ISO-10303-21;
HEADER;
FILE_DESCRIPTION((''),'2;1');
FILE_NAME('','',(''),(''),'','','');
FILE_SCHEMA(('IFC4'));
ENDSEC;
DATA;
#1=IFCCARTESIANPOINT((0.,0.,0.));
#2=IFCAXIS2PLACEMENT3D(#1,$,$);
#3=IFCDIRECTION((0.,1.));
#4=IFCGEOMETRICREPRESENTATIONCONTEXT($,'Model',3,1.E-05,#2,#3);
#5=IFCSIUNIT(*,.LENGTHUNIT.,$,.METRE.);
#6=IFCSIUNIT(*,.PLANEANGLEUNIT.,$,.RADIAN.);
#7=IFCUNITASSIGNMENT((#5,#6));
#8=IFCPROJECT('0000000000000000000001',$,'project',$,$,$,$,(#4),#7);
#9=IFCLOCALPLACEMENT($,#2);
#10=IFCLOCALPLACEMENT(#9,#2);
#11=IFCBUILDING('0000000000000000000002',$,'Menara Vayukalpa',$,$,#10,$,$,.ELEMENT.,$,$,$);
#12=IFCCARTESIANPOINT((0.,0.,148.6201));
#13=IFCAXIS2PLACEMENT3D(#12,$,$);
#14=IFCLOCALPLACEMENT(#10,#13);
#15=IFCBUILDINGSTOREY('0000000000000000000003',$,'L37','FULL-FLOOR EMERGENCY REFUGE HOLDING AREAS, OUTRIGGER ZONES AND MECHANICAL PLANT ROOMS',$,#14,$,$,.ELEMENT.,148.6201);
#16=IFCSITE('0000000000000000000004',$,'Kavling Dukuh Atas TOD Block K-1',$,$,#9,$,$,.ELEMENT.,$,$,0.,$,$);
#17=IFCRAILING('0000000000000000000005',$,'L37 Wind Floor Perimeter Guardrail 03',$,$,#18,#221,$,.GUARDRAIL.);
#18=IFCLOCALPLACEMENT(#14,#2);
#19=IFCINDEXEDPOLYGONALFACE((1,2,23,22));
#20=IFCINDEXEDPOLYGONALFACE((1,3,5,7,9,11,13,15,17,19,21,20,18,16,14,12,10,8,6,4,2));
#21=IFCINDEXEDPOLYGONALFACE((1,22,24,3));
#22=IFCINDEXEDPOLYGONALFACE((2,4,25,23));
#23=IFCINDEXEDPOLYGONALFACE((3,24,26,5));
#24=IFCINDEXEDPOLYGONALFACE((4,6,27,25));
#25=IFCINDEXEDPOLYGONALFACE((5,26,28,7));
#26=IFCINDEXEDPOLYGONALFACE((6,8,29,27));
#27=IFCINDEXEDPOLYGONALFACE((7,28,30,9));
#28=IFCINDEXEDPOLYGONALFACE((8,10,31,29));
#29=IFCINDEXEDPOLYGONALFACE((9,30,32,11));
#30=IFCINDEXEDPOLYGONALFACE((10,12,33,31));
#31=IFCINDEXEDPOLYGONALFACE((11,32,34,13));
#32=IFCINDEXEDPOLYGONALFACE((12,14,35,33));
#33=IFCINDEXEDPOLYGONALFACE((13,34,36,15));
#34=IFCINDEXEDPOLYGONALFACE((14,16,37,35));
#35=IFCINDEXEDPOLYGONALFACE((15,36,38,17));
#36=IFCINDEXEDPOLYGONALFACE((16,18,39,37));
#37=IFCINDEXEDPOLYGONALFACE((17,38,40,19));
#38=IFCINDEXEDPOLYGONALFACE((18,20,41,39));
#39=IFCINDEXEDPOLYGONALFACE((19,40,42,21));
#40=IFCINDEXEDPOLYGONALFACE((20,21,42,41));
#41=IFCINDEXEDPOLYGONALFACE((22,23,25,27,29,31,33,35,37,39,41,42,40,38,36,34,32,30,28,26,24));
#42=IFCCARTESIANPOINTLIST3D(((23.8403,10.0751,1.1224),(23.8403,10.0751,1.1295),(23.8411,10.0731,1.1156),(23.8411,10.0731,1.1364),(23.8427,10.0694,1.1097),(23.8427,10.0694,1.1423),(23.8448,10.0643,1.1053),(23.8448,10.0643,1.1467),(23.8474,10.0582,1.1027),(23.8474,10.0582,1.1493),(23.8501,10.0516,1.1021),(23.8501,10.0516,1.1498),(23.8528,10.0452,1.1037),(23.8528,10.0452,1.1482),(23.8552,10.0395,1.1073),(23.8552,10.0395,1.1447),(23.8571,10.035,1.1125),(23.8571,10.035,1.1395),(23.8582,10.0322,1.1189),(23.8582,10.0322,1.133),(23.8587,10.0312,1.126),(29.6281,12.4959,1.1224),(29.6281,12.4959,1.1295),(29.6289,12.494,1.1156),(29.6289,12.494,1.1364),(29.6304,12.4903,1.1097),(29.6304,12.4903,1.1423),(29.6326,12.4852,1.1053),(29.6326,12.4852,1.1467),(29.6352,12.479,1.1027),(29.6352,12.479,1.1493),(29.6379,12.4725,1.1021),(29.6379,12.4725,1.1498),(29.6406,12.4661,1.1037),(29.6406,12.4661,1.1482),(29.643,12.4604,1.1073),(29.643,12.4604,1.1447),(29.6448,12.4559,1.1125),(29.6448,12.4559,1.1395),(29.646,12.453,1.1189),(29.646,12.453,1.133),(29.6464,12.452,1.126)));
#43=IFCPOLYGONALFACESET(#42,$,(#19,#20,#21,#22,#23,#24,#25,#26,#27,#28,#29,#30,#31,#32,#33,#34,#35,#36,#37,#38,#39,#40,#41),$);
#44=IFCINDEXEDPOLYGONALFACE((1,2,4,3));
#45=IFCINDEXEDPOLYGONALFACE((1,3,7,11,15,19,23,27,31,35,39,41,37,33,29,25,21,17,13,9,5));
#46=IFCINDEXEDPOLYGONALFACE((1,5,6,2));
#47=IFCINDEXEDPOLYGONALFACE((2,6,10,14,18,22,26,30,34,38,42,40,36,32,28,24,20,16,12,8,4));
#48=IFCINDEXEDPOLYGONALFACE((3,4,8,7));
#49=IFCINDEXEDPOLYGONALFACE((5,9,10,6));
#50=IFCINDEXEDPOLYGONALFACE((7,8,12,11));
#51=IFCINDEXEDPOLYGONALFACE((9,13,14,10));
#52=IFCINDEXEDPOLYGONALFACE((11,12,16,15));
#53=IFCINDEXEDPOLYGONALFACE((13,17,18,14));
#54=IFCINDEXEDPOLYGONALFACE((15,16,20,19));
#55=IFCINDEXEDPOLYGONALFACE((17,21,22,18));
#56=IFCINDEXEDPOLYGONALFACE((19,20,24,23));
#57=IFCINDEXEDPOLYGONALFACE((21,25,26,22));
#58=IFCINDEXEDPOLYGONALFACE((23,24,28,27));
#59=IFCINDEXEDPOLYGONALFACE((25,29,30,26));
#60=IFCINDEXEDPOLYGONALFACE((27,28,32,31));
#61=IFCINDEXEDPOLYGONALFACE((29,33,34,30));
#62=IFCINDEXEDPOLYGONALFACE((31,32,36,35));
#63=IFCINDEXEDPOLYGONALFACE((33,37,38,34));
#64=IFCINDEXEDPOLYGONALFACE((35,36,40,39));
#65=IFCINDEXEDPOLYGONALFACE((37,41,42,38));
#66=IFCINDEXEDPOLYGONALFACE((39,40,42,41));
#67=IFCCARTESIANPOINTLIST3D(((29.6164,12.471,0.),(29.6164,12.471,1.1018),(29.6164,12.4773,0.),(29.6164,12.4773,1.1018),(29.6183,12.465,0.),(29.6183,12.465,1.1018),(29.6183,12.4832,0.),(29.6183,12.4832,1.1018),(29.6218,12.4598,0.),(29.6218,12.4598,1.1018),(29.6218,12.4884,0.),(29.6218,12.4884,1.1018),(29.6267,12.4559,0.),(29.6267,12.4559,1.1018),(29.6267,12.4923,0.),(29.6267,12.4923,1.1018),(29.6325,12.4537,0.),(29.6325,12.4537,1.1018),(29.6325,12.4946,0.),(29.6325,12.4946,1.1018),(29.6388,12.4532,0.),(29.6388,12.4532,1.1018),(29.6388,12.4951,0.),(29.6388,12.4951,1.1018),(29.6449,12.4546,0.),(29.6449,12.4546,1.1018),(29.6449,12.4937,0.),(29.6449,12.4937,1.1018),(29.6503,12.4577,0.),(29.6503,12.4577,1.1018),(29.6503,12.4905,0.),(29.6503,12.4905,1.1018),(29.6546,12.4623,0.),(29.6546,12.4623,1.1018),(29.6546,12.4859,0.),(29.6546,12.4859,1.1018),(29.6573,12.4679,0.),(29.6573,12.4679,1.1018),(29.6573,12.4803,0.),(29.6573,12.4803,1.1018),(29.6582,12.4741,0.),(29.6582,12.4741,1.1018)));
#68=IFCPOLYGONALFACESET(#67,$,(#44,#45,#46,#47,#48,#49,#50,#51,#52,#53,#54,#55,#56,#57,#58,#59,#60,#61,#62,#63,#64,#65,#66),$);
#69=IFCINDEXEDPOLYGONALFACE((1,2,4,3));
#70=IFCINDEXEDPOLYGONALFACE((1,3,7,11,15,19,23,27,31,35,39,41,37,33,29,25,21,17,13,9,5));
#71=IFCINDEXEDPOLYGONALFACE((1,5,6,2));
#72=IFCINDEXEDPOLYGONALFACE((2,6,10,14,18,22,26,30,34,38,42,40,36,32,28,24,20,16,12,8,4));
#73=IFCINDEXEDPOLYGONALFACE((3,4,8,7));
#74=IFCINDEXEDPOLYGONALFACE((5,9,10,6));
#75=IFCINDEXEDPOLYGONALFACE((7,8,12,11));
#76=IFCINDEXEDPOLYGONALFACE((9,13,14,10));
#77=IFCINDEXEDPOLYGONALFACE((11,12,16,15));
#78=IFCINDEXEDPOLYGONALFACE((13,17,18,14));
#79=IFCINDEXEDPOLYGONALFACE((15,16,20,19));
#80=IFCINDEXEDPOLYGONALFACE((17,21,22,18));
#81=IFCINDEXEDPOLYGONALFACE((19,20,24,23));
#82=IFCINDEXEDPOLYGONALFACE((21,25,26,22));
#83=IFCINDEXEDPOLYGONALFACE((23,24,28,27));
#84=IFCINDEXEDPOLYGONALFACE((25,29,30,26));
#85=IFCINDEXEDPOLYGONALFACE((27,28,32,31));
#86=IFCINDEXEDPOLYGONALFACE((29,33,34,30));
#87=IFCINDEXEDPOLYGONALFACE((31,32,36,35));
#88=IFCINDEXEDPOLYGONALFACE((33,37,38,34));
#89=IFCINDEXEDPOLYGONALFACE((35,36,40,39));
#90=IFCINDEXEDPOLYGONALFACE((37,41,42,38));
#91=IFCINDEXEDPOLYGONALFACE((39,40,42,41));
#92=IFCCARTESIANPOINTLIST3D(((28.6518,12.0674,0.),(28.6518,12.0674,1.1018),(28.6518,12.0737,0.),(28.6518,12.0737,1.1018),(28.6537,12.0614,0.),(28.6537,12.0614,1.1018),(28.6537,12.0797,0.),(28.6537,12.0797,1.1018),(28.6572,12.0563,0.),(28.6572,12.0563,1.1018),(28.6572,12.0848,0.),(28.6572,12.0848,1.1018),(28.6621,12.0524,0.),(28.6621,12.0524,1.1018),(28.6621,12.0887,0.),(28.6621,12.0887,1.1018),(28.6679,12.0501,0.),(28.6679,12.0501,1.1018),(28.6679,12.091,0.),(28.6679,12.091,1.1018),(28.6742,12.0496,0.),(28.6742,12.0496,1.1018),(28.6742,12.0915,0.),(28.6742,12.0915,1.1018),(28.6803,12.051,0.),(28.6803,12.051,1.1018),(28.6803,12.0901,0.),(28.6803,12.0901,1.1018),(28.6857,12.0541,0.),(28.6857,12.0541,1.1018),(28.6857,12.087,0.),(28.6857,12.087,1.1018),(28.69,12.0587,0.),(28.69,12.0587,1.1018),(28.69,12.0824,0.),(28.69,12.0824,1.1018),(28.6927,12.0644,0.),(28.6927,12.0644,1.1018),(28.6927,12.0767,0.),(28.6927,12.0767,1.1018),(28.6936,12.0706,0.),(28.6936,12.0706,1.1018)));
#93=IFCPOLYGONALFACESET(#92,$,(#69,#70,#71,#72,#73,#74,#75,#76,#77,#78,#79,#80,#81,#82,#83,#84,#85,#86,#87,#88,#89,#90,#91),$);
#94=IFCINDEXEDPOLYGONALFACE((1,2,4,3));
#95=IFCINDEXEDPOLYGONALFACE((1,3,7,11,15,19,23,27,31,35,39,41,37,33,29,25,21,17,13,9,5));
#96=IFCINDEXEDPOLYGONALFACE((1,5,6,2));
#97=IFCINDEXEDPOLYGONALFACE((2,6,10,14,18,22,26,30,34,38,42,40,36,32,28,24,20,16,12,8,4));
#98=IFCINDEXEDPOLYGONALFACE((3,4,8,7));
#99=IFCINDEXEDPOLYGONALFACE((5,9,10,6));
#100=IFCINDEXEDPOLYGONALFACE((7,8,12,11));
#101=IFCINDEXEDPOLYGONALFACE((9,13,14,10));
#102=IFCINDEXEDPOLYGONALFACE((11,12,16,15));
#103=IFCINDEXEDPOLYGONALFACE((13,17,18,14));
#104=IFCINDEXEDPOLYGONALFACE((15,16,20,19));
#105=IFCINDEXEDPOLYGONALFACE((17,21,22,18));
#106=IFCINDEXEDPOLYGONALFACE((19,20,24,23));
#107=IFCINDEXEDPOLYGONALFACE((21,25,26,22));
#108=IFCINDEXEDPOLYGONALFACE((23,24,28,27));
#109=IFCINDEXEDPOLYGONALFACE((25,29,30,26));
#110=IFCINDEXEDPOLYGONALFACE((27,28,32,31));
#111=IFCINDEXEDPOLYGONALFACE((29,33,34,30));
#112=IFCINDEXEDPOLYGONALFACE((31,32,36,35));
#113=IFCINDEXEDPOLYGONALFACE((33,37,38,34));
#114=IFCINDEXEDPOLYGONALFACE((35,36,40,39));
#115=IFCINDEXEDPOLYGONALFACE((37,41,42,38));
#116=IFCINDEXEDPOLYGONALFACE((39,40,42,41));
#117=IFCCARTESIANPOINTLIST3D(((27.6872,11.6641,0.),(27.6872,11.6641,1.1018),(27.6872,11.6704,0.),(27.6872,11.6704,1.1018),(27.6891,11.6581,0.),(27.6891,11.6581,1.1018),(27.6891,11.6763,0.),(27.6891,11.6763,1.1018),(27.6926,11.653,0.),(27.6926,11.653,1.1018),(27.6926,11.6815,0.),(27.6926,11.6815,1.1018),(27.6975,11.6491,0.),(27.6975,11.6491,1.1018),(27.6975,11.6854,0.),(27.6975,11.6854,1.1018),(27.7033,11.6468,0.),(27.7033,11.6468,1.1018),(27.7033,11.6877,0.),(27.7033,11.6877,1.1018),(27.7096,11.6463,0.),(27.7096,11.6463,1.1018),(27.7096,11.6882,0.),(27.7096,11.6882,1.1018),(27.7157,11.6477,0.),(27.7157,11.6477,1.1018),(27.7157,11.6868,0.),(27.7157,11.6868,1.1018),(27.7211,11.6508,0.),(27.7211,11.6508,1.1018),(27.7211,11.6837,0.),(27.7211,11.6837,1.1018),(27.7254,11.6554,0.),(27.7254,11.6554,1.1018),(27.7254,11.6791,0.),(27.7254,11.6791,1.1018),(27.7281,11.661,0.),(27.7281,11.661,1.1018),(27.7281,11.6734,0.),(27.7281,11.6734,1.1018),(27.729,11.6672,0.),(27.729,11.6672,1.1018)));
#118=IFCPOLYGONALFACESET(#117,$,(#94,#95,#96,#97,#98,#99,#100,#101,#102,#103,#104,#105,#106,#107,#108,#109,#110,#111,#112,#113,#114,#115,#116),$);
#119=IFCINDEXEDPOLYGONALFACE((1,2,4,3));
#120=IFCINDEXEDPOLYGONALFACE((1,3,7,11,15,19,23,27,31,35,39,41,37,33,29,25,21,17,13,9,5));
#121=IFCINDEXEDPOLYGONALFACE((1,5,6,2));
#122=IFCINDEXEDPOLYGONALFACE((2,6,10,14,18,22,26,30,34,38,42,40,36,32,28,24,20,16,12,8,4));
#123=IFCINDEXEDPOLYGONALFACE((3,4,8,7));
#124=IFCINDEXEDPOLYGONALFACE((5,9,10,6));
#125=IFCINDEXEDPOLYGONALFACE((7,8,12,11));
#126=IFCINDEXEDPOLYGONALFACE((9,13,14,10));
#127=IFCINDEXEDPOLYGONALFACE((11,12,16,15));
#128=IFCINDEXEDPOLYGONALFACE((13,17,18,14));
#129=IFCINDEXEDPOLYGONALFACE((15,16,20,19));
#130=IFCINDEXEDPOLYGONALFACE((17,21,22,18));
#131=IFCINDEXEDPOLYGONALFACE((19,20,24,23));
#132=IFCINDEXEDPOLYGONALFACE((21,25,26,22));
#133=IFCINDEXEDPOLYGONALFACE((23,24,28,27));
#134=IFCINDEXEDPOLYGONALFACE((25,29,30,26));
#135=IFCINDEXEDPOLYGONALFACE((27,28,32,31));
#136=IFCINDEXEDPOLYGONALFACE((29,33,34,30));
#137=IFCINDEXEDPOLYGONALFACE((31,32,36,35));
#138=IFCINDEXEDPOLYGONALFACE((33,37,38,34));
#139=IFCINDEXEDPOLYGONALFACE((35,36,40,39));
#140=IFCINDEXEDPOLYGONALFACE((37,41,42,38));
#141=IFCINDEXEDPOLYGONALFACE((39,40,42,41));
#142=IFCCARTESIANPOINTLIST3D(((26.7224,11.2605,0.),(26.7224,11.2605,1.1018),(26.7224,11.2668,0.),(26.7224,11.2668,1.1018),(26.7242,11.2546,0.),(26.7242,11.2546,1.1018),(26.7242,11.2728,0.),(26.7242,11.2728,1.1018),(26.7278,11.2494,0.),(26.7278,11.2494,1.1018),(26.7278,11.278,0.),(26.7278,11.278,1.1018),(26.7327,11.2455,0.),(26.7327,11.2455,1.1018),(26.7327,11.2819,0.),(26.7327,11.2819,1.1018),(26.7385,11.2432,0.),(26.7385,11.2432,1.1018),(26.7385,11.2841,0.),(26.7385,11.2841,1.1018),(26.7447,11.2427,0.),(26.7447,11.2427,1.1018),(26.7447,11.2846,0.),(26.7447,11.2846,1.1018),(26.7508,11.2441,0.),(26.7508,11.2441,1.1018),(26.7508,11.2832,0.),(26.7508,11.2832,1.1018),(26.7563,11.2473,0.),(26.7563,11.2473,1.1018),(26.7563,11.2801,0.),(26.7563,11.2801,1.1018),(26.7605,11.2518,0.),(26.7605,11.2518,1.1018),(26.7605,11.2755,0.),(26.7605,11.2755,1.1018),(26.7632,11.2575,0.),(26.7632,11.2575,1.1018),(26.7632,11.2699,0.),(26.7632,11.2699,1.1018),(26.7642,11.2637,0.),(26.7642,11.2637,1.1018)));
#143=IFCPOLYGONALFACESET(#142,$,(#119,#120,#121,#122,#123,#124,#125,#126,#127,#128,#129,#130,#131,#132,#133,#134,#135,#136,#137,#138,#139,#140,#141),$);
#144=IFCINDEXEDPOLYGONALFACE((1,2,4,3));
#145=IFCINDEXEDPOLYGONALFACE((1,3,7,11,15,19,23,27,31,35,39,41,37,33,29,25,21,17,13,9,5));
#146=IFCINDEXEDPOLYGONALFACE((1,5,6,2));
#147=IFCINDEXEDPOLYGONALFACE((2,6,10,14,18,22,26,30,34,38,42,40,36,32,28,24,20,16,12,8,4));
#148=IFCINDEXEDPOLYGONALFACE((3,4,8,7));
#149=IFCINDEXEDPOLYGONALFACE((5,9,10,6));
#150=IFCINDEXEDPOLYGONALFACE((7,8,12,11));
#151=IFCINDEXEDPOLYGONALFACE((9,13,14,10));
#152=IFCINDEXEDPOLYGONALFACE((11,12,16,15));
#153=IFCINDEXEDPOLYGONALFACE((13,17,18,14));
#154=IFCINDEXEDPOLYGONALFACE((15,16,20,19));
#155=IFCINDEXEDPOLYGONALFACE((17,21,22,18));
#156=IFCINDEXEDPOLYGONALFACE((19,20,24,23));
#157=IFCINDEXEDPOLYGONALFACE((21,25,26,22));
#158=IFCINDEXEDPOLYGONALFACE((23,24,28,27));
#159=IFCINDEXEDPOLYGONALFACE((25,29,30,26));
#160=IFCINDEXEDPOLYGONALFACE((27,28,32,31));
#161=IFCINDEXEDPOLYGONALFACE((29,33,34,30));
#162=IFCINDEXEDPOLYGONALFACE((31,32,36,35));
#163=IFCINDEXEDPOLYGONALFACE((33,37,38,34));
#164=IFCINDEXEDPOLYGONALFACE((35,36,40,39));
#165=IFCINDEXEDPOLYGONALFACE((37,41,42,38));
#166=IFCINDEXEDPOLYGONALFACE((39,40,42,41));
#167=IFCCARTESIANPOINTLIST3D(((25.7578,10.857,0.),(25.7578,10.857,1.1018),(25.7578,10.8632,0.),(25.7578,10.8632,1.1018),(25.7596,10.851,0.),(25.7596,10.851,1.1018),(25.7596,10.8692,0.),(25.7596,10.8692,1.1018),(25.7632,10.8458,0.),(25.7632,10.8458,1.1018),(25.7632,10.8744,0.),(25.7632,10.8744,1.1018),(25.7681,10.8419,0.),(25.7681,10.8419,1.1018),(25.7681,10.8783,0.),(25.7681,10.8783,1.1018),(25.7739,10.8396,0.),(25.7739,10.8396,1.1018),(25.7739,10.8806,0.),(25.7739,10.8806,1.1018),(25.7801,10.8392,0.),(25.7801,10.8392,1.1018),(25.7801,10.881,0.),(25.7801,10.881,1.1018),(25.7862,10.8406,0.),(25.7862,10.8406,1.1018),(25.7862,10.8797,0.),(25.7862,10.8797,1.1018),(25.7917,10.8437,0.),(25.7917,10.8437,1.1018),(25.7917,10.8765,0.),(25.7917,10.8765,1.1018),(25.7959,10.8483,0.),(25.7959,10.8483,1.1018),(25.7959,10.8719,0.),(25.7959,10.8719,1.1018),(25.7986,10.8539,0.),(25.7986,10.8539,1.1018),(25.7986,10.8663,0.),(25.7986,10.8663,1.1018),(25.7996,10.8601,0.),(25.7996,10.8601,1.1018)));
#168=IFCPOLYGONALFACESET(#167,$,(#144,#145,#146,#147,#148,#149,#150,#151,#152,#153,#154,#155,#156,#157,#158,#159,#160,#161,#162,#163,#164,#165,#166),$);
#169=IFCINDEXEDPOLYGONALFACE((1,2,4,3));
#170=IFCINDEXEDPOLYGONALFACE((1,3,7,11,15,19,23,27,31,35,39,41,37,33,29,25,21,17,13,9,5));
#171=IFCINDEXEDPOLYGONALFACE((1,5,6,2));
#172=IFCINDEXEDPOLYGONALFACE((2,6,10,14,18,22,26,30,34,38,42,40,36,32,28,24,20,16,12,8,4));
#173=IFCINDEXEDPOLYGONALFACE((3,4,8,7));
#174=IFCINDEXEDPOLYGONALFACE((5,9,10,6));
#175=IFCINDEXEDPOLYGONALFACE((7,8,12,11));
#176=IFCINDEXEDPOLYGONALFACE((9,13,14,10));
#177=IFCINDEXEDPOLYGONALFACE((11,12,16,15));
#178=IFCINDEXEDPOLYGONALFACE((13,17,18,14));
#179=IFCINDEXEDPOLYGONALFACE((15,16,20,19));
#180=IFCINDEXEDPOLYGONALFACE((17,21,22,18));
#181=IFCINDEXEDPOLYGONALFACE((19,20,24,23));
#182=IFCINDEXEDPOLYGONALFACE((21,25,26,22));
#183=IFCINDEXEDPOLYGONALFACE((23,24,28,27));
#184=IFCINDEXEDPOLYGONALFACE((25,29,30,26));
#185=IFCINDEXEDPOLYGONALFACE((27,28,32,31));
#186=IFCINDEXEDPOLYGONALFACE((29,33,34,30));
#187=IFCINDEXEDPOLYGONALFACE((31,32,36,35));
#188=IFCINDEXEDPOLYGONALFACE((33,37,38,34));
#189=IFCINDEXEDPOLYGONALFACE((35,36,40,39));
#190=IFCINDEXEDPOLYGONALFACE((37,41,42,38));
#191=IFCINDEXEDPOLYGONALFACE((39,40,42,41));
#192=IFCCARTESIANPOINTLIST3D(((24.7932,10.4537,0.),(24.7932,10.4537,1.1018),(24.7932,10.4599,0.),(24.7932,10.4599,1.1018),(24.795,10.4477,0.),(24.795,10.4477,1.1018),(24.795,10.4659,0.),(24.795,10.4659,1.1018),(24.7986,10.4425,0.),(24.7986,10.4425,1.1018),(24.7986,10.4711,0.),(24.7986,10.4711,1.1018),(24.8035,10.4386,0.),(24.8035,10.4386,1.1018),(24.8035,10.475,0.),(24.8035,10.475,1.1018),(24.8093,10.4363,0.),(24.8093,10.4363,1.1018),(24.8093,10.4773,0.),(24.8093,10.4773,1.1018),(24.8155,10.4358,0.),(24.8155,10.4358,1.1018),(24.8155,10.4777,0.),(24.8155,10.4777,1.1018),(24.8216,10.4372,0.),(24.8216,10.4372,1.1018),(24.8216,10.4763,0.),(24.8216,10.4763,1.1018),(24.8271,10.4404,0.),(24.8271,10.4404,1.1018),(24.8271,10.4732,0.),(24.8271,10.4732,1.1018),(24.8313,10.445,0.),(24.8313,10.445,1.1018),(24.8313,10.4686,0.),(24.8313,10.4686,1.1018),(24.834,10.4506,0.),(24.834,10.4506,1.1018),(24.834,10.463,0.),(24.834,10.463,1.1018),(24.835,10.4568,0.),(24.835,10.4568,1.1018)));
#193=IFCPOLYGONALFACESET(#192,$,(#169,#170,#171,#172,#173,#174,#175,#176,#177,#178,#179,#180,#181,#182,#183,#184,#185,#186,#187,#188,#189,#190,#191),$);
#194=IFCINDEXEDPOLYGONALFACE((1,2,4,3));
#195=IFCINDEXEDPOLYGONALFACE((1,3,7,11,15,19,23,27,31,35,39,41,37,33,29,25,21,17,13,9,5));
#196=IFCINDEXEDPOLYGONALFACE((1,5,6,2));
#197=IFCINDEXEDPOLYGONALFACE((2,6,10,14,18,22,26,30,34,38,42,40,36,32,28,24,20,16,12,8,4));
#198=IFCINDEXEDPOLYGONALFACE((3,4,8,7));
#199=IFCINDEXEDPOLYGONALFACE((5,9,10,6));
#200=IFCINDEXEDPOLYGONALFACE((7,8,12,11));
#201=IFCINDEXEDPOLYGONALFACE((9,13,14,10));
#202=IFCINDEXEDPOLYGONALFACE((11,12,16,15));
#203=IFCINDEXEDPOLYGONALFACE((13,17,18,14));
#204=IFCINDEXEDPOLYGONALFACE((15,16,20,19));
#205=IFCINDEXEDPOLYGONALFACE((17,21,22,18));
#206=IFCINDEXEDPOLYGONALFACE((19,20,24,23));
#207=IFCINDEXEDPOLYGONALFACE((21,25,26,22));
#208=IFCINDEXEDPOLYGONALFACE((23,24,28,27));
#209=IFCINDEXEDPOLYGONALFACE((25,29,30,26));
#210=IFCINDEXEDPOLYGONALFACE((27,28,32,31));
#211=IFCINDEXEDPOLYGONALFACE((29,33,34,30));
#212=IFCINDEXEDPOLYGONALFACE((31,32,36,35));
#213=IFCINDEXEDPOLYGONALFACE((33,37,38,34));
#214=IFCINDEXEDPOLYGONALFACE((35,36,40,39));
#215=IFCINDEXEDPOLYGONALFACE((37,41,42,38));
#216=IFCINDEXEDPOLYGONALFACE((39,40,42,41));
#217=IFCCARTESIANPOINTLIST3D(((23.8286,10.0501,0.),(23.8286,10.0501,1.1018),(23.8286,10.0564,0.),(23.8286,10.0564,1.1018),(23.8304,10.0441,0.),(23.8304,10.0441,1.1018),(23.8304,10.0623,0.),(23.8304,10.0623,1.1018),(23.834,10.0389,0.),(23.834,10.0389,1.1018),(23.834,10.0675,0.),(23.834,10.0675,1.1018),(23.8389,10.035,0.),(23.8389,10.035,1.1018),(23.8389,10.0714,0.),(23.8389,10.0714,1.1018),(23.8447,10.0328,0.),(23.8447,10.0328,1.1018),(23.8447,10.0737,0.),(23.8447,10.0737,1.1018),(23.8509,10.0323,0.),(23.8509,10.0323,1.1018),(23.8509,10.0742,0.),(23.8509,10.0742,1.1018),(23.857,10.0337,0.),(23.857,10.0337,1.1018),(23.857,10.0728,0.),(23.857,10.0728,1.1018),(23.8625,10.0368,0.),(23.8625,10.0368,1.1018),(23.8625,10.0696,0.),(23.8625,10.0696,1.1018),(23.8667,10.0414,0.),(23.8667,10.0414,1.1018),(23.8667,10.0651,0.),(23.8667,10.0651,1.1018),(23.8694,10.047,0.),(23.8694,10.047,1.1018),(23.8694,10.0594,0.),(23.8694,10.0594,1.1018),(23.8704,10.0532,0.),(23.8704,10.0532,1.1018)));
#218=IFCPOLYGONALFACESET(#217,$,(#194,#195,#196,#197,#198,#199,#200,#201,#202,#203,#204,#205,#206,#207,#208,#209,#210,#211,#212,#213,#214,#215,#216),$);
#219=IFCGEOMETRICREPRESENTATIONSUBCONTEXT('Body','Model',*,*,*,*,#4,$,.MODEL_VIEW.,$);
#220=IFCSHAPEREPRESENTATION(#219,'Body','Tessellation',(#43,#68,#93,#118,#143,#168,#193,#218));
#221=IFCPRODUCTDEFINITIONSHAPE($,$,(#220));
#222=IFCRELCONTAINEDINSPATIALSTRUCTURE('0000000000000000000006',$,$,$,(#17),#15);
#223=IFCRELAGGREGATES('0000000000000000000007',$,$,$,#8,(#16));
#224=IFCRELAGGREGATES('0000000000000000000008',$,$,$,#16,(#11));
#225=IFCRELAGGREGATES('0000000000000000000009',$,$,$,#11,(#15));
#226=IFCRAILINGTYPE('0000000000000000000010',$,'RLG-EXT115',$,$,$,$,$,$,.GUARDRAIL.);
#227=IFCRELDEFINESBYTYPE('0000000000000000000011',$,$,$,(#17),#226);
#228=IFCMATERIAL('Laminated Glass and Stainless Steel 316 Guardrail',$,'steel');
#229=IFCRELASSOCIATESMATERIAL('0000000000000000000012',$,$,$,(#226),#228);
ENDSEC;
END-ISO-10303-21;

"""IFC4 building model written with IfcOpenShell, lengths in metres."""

from ifc_helpers import new_model, si_unit, direction, frame, origin, origin_2d, place, context, subcontext, project, spatial, circle, extrude, material, type_object, element, save


model = new_model("IFC4")

# Units and contexts
model_context = context("Model", 3, precision=1e-05, world=origin(), true_north=direction((0.0, 1.0)))
body_context = subcontext(model_context, "Body", "Model", "MODEL_VIEW")
ifc_project = project(units=[si_unit("LENGTHUNIT", "METRE"), si_unit("PLANEANGLEUNIT", "RADIAN")], contexts=[model_context])

# Site, building, storey
site_placement = place(None, origin())
site = spatial("IfcSite", under=ifc_project, at=site_placement, Name="Kavling Dukuh Atas TOD Block K-1", CompositionType="ELEMENT", RefElevation=0.0)
building_placement = place(site_placement, origin())
building = spatial("IfcBuilding", under=site, at=building_placement, Name="Menara Vayukalpa", CompositionType="ELEMENT")
storey_placement = place(building_placement, frame((0.0, 0.0, 148.6201)))
storey = spatial("IfcBuildingStorey", under=building, at=storey_placement, Name="L37", Description="FULL-FLOOR EMERGENCY REFUGE HOLDING AREAS, OUTRIGGER ZONES AND MECHANICAL PLANT ROOMS", CompositionType="ELEMENT", Elevation=148.6201)

# Railing
ifc_material_1 = material(Name="Laminated Glass and Stainless Steel 316 Guardrail", Category="steel")
railing_type_1 = type_object("IfcRailingType", Name="RLG-EXT115", PredefinedType="GUARDRAIL", material=ifc_material_1)
railing_1_placement = place(storey_placement, frame((29.6372, 12.4741, 0.0)))
element("IfcRailing", 1, at=railing_1_placement, inside=storey, type_object=railing_type_1, Name="L37 Wind Floor Perimeter Guardrail 03", PredefinedType="GUARDRAIL", context=body_context, shape_type="SweptSolid", body=[
    extrude(circle(Radius=0.0239, at=origin_2d()), frame((0.0, 0.0, 1.126), z_axis=(-0.92255, -0.385878, 0.0), x_axis=(0.385878, -0.92255, 0.0)), (0.0, 0.0, 1.0), 6.2737),
    extrude(circle(Radius=0.021, at=origin_2d()), origin(), (0.0, 0.0, 1.0), 1.1018),
    extrude(circle(Radius=0.021, at=origin_2d()), frame((-0.9646, -0.4036, 0.0)), (0.0, 0.0, 1.0), 1.1018),
    extrude(circle(Radius=0.021, at=origin_2d()), frame((-1.9292, -0.8069, 0.0)), (0.0, 0.0, 1.0), 1.1018),
    extrude(circle(Radius=0.021, at=origin_2d()), frame((-2.894, -1.2104, 0.0)), (0.0, 0.0, 1.0), 1.1018),
    extrude(circle(Radius=0.021, at=origin_2d()), frame((-3.8586, -1.614, 0.0)), (0.0, 0.0, 1.0), 1.1018),
    extrude(circle(Radius=0.021, at=origin_2d()), frame((-4.8232, -2.0173, 0.0)), (0.0, 0.0, 1.0), 1.1018),
    extrude(circle(Radius=0.021, at=origin_2d()), frame((-5.7878, -2.4209, 0.0)), (0.0, 0.0, 1.0), 1.1018),
])

save(model, "model.ifc")
